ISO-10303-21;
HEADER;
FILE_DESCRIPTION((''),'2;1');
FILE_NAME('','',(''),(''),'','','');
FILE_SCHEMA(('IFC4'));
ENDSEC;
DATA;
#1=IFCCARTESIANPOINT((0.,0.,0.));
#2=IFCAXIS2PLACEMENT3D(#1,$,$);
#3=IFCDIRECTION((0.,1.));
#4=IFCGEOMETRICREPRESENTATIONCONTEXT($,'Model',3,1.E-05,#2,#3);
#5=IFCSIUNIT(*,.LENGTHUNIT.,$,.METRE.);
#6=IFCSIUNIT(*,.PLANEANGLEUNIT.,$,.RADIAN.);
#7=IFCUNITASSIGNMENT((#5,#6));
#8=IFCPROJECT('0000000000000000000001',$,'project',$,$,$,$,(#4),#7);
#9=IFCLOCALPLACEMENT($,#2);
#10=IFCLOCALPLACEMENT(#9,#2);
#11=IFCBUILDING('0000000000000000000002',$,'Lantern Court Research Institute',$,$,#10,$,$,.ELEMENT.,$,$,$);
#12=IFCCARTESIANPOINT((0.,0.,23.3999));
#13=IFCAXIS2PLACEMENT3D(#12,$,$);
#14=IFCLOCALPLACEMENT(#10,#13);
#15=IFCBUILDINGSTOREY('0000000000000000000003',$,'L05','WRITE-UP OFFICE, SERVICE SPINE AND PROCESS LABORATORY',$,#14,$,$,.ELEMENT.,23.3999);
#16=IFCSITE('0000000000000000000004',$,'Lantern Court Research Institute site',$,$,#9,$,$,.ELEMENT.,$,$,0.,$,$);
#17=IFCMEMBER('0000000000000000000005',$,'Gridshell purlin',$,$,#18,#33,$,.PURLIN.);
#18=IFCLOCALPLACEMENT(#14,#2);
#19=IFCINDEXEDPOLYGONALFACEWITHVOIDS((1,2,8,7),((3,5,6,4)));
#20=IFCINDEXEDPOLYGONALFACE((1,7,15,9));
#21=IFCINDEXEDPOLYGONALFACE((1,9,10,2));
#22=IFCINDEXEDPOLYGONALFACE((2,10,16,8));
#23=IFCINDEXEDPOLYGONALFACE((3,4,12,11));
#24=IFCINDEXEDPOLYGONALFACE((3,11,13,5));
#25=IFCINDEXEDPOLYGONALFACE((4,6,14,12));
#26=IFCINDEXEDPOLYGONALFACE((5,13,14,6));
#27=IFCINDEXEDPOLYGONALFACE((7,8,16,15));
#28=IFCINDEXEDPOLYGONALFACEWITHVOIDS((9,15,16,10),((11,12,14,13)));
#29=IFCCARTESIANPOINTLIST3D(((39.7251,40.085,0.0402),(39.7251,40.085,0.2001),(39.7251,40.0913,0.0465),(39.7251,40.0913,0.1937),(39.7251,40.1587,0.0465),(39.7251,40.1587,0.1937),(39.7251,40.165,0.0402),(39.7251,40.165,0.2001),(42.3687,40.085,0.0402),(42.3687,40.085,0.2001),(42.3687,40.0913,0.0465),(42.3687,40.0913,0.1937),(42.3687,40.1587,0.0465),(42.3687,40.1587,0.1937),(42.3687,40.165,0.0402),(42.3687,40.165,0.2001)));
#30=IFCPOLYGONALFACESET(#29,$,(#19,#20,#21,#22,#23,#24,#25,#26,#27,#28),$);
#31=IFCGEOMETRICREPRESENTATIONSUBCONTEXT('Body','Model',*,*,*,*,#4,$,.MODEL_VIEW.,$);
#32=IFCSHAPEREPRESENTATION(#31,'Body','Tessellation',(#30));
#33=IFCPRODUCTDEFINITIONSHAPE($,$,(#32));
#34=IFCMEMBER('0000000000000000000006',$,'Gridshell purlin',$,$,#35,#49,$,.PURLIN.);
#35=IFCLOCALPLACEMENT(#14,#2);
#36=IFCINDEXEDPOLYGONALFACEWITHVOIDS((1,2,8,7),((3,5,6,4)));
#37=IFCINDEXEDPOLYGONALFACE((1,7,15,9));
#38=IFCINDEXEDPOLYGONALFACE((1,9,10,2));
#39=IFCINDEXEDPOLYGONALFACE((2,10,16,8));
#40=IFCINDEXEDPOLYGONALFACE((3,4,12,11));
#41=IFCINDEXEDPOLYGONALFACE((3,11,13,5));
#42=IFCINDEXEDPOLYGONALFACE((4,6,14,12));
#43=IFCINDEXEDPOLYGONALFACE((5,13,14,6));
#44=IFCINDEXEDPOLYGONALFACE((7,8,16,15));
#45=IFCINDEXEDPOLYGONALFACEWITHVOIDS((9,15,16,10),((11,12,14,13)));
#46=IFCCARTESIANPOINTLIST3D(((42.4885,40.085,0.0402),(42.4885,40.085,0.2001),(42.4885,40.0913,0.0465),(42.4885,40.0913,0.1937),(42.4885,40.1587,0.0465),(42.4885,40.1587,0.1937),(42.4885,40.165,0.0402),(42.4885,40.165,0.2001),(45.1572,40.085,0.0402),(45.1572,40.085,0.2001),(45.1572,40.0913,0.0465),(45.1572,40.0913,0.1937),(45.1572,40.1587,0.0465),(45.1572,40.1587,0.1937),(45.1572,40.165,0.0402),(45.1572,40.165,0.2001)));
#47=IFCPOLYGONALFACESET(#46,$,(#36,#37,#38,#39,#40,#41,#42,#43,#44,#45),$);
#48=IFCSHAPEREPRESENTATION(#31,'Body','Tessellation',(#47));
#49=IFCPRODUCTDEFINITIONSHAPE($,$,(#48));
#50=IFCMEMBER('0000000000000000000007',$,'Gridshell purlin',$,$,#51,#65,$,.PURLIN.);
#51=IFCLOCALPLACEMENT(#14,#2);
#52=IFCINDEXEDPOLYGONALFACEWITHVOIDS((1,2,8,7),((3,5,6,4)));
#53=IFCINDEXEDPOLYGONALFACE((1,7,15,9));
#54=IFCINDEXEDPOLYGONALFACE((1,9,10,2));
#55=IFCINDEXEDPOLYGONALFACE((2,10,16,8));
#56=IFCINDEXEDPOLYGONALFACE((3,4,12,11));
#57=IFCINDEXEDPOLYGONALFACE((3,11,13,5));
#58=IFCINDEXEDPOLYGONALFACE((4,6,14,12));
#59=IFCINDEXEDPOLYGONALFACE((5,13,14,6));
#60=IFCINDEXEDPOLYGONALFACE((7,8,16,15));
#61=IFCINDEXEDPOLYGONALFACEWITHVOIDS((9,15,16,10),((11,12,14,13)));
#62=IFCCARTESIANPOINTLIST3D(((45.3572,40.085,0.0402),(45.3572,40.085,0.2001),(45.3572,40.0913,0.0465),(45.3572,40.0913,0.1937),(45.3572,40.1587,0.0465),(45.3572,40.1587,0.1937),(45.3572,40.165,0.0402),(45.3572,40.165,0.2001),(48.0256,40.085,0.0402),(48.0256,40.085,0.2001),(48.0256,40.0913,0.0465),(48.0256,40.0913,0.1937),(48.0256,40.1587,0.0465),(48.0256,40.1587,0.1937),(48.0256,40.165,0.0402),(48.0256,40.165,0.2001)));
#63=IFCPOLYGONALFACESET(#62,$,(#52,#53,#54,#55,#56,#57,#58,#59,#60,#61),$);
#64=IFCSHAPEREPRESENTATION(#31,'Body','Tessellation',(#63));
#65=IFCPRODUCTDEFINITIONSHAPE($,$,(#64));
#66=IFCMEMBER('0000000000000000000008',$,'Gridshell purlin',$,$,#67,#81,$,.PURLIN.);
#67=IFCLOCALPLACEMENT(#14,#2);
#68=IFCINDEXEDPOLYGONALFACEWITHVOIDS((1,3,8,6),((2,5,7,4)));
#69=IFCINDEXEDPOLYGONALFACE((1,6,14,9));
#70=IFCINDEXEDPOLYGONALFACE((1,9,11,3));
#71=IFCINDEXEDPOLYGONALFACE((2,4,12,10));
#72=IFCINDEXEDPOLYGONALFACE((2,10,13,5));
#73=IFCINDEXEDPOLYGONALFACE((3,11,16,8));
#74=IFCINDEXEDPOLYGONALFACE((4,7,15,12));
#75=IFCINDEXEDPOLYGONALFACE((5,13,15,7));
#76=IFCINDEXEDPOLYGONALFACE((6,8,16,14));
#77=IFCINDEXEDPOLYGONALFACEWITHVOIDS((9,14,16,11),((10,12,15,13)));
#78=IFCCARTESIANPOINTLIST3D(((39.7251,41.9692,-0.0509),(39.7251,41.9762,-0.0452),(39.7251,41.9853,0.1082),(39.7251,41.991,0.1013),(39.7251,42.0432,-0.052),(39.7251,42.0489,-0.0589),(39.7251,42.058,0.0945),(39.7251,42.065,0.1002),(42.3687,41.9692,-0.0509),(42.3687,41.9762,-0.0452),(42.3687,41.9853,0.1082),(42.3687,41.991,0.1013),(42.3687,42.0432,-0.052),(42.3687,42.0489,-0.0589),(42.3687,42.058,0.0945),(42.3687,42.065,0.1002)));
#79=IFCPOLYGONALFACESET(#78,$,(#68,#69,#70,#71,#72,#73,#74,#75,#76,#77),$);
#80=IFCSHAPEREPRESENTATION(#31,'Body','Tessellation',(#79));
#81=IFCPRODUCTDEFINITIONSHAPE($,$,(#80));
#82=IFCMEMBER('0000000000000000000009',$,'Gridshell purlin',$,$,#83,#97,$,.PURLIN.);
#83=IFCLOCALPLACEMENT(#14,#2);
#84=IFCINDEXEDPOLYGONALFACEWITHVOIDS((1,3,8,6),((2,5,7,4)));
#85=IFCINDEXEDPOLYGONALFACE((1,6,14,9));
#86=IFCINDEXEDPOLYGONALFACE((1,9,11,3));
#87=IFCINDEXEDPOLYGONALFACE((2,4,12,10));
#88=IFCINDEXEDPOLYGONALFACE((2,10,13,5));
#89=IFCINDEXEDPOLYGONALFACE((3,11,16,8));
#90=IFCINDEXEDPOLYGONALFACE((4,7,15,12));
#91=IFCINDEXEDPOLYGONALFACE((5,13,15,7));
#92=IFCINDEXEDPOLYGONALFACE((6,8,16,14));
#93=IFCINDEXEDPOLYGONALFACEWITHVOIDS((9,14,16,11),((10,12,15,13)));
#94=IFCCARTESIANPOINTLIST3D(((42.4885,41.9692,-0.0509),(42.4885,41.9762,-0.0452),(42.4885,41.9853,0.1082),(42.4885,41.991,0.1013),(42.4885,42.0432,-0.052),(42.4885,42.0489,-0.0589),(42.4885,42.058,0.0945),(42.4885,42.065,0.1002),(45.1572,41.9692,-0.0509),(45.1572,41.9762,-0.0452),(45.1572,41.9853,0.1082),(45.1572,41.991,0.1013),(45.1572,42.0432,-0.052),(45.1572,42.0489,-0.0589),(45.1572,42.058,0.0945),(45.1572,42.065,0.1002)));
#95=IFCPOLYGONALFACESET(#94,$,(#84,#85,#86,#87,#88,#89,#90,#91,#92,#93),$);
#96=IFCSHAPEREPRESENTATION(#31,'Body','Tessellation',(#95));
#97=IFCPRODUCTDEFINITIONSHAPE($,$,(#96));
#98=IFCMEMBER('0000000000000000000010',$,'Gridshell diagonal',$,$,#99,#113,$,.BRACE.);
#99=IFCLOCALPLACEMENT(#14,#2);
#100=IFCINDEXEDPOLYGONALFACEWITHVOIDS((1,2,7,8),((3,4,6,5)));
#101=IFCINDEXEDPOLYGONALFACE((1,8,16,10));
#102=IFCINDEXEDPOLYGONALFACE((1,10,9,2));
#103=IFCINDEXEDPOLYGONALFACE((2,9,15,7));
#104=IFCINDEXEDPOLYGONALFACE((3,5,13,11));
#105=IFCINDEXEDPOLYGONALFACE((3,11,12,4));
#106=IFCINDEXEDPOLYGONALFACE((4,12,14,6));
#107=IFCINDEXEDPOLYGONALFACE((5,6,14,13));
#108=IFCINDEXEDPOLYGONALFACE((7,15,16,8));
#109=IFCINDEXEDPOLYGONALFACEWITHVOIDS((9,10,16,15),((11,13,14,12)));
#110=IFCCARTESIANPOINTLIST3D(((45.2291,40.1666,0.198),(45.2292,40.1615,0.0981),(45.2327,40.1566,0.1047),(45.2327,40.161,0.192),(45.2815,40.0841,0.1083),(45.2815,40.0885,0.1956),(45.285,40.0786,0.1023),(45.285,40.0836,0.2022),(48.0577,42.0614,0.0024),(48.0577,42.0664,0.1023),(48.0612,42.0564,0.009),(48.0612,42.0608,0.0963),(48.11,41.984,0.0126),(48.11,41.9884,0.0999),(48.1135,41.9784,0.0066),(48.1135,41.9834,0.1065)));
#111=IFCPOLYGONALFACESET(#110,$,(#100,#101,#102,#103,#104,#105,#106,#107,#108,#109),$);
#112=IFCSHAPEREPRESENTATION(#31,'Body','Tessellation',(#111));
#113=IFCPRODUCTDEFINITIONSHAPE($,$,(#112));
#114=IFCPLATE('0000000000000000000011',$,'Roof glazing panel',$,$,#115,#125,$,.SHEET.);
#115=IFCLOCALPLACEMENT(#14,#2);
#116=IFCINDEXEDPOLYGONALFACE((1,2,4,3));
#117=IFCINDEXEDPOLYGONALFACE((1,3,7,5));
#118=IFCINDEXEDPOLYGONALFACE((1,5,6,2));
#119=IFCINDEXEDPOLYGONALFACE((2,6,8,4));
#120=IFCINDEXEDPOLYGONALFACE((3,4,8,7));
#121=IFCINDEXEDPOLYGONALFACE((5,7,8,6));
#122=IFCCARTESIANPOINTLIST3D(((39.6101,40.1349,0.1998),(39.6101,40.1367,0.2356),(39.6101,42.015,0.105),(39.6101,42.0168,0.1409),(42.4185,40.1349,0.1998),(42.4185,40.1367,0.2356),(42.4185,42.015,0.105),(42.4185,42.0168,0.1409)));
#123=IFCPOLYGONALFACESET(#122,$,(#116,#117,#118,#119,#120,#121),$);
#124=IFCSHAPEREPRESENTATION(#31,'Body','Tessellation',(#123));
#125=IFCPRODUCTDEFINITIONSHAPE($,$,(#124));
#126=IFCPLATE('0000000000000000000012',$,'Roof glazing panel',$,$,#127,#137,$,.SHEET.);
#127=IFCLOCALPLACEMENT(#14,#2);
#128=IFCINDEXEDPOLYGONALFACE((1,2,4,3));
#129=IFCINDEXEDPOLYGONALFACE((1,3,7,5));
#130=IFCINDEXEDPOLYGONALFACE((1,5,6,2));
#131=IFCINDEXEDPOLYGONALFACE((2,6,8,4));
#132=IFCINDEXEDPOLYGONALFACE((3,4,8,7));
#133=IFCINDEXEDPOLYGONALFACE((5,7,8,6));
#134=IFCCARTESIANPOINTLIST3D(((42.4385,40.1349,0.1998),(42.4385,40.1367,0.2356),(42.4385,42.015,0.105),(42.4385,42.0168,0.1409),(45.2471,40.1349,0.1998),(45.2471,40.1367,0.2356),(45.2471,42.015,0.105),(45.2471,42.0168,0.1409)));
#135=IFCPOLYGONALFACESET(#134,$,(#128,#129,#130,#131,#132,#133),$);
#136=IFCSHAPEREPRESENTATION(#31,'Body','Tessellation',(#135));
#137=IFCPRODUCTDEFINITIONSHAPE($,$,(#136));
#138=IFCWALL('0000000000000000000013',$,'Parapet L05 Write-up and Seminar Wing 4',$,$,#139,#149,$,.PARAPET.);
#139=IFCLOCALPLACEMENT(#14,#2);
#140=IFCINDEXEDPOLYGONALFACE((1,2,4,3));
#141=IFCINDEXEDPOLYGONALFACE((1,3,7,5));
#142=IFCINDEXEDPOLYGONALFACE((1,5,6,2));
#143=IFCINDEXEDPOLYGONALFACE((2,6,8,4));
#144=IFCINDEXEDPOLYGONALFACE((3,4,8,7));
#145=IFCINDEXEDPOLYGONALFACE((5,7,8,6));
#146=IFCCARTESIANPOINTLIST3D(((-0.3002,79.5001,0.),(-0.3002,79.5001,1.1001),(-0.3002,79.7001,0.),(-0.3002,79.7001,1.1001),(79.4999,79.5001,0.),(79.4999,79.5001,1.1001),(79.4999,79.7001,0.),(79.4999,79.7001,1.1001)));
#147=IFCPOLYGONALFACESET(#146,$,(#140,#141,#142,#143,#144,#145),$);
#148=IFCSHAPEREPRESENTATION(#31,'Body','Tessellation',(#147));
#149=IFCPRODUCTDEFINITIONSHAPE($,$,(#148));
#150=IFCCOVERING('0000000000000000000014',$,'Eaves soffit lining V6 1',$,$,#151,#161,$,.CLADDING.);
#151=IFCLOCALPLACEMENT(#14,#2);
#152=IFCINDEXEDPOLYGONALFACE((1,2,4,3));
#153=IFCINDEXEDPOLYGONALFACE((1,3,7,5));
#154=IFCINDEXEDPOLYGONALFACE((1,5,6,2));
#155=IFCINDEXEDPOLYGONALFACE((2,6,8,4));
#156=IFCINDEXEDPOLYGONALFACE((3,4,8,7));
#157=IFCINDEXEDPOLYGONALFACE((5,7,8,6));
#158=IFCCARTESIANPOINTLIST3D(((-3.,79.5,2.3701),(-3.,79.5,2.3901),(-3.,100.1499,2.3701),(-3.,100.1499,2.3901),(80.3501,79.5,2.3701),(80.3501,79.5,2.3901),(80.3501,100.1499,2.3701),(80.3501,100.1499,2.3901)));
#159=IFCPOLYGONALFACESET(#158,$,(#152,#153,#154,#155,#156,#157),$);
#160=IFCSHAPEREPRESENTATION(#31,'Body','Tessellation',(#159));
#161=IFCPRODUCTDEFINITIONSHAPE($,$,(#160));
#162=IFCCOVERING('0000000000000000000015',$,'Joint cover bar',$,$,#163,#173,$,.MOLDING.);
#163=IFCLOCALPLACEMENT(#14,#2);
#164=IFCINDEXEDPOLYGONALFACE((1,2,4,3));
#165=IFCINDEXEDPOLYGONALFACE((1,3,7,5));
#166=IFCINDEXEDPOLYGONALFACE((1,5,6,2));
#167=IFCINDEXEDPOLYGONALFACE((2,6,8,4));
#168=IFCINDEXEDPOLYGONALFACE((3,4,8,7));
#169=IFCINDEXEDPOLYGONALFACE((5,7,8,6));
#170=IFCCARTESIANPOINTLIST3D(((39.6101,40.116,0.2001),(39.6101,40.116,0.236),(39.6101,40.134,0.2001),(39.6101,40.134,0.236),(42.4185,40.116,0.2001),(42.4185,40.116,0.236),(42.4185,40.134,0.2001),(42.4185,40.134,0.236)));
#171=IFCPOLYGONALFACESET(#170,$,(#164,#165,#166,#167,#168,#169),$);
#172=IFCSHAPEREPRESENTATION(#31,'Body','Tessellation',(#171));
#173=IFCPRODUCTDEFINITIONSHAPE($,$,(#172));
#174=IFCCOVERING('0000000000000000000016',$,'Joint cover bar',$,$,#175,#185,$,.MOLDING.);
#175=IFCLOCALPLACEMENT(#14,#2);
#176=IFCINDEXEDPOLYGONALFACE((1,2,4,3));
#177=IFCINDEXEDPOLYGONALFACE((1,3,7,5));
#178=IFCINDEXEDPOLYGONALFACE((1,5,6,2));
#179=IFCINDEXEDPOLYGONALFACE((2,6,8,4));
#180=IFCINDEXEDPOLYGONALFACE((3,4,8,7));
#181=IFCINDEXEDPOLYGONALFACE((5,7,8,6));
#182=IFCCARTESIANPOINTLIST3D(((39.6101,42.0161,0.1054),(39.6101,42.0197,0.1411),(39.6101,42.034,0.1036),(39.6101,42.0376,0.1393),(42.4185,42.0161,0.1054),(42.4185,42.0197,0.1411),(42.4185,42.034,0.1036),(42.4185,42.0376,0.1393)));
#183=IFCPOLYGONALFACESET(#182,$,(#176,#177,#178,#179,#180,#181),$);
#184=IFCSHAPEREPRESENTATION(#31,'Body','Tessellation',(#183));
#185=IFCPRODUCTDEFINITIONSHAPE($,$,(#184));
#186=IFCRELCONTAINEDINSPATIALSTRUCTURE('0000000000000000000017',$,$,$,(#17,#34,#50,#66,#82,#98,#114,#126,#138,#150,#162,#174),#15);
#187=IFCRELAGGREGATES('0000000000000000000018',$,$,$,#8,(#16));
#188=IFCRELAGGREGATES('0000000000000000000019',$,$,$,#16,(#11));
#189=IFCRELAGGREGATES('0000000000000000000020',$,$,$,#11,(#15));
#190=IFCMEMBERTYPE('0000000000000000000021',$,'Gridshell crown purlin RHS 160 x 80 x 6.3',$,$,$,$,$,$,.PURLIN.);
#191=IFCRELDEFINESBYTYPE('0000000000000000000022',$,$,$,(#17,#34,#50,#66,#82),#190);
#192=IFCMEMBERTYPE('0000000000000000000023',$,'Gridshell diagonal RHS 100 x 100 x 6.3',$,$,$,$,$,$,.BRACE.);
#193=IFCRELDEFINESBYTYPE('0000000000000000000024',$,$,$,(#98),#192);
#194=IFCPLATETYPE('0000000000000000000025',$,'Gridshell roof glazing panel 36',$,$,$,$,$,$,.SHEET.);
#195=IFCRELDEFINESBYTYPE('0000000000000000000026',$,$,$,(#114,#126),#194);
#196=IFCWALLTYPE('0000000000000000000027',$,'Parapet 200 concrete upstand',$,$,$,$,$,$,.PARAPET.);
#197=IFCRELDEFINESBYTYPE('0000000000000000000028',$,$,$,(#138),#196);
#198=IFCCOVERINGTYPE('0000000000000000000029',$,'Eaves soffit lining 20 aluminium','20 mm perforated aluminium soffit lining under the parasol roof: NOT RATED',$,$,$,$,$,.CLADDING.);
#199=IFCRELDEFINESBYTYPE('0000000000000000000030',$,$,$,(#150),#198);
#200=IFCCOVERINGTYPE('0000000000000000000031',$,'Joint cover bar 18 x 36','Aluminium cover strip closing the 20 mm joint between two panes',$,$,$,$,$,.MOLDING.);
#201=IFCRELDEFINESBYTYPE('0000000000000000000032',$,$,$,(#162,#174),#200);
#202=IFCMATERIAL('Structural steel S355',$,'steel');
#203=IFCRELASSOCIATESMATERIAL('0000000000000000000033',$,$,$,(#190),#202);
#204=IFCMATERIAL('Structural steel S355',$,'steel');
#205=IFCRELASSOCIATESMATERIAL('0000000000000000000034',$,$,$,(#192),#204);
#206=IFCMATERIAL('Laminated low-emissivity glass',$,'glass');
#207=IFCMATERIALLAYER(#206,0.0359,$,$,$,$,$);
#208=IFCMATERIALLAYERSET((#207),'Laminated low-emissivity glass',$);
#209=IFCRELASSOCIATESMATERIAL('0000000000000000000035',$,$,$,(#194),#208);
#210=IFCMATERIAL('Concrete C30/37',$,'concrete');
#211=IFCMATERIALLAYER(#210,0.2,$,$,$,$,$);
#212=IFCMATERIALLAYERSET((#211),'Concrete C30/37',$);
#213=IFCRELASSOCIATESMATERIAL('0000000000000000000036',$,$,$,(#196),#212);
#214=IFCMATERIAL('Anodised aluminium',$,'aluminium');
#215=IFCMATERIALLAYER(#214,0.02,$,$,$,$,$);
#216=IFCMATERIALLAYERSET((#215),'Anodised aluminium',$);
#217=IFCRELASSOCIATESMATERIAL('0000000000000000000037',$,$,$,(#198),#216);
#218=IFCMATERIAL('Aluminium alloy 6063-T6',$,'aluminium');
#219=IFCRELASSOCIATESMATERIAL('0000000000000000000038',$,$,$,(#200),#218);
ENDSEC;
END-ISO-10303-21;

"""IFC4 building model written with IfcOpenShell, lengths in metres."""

from ifc_helpers import new_model, si_unit, direction, frame, frame_2d, origin, origin_2d, place, context, subcontext, project, spatial, polyline, rectangle, hollow_rectangle, outline, extrude, material, layer, layer_set, material_profile, profile_set, type_object, element, save


model = new_model("IFC4")

# Units and contexts
model_context = context("Model", 3, precision=1e-05, world=origin(), true_north=direction((0.0, 1.0)))
body_context = subcontext(model_context, "Body", "Model", "MODEL_VIEW")
ifc_project = project(units=[si_unit("LENGTHUNIT", "METRE"), si_unit("PLANEANGLEUNIT", "RADIAN")], contexts=[model_context])

# Site, building, storey
site_placement = place(None, origin())
site = spatial("IfcSite", under=ifc_project, at=site_placement, Name="Lantern Court Research Institute site", CompositionType="ELEMENT", RefElevation=0.0)
building_placement = place(site_placement, origin())
building = spatial("IfcBuilding", under=site, at=building_placement, Name="Lantern Court Research Institute", CompositionType="ELEMENT")
storey_placement = place(building_placement, frame((0.0, 0.0, 23.3999)))
storey = spatial("IfcBuildingStorey", under=building, at=storey_placement, Name="L05", Description="WRITE-UP OFFICE, SERVICE SPINE AND PROCESS LABORATORY", CompositionType="ELEMENT", Elevation=23.3999)

# Members
ifc_material_1 = material(Name="Structural steel S355", Category="steel")
ifc_material_profile_1 = material_profile(ifc_material_1, hollow_rectangle(XDim=0.0801, YDim=0.1599, WallThickness=0.0063, at=origin_2d()), Name="Gridshell crown purlin RHS 160 x 80 x 6.3")
ifc_profile_set_1 = profile_set([ifc_material_profile_1], Name="Structural steel S355")
member_type_1 = type_object("IfcMemberType", Name="Gridshell crown purlin RHS 160 x 80 x 6.3", PredefinedType="PURLIN", material=ifc_profile_set_1)
member_1_placement = place(storey_placement, frame((39.7251, 40.125, 0.1201), z_axis=(1.0, 0.0, 0.0), x_axis=(0.0, 1.0, 0.0)))
element("IfcMember", 1, at=member_1_placement, inside=storey, type_object=member_type_1, Name="Gridshell purlin", PredefinedType="PURLIN", context=body_context, shape_type="SweptSolid", body=[
    extrude(hollow_rectangle(XDim=0.0801, YDim=0.1599, WallThickness=0.0063, at=origin_2d()), origin(), (0.0, 0.0, 1.0), 2.6436),
])
member_2_placement = place(storey_placement, frame((42.4885, 40.125, 0.1201), z_axis=(1.0, 0.0, 0.0), x_axis=(0.0, 1.0, 0.0)))
element("IfcMember", 2, at=member_2_placement, inside=storey, type_object=member_type_1, Name="Gridshell purlin", PredefinedType="PURLIN", context=body_context, shape_type="SweptSolid", body=[
    extrude(hollow_rectangle(XDim=0.0801, YDim=0.1599, WallThickness=0.0063, at=origin_2d()), origin(), (0.0, 0.0, 1.0), 2.6687),
])
member_3_placement = place(storey_placement, frame((45.3572, 40.125, 0.1201), z_axis=(1.0, 0.0, 0.0), x_axis=(0.0, 1.0, 0.0)))
element("IfcMember", 3, at=member_3_placement, inside=storey, type_object=member_type_1, Name="Gridshell purlin", PredefinedType="PURLIN", context=body_context, shape_type="SweptSolid", body=[
    extrude(hollow_rectangle(XDim=0.0801, YDim=0.1599, WallThickness=0.0063, at=origin_2d()), origin(), (0.0, 0.0, 1.0), 2.6685),
])
member_4_placement = place(storey_placement, frame((39.7251, 42.0171, 0.0247), z_axis=(1.0, 0.0, 0.0), x_axis=(0.0, 0.994934, -0.100531)))
element("IfcMember", 4, at=member_4_placement, inside=storey, type_object=member_type_1, Name="Gridshell purlin", PredefinedType="PURLIN", context=body_context, shape_type="SweptSolid", body=[
    extrude(hollow_rectangle(XDim=0.0801, YDim=0.1599, WallThickness=0.0063, at=origin_2d()), origin(), (0.0, 0.0, 1.0), 2.6436),
])
member_5_placement = place(storey_placement, frame((42.4885, 42.0171, 0.0247), z_axis=(1.0, 0.0, 0.0), x_axis=(0.0, 0.994934, -0.100531)))
element("IfcMember", 5, at=member_5_placement, inside=storey, type_object=member_type_1, Name="Gridshell purlin", PredefinedType="PURLIN", context=body_context, shape_type="SweptSolid", body=[
    extrude(hollow_rectangle(XDim=0.0801, YDim=0.1599, WallThickness=0.0063, at=origin_2d()), origin(), (0.0, 0.0, 1.0), 2.6687),
])
ifc_material_2 = material(Name="Structural steel S355", Category="steel")
ifc_material_profile_2 = material_profile(ifc_material_2, hollow_rectangle(XDim=0.1001, YDim=0.1001, WallThickness=0.0063, at=origin_2d()), Name="Gridshell diagonal RHS 100 x 100 x 6.3")
ifc_profile_set_2 = profile_set([ifc_material_profile_2], Name="Structural steel S355")
member_type_2 = type_object("IfcMemberType", Name="Gridshell diagonal RHS 100 x 100 x 6.3", PredefinedType="BRACE", material=ifc_profile_set_2)
member_6_placement = place(storey_placement, frame((45.2571, 40.1226, 0.1501), z_axis=(0.8298, 0.557354, -0.028075), x_axis=(-0.558061, 0.828749, -0.041762)))
element("IfcMember", 6, at=member_6_placement, inside=storey, type_object=member_type_2, Name="Gridshell diagonal", PredefinedType="BRACE", context=body_context, shape_type="SweptSolid", body=[
    extrude(hollow_rectangle(XDim=0.1001, YDim=0.1001, WallThickness=0.0063, at=origin_2d()), origin(), (0.0, 0.0, 1.0), 3.4087),
])

# Plates
ifc_material_3 = material(Name="Laminated low-emissivity glass", Category="glass")
ifc_layer_1 = layer(ifc_material_3, 0.0359)
ifc_layer_set_1 = layer_set([ifc_layer_1], Name="Laminated low-emissivity glass")
plate_type = type_object("IfcPlateType", Name="Gridshell roof glazing panel 36", PredefinedType="SHEET", material=ifc_layer_set_1)
plate_1_placement = place(storey_placement, frame((42.4185, 40.1367, 0.2356), z_axis=(0.0, 0.050319, 0.998733), x_axis=(-1.0, 0.0, 0.0)))
element("IfcPlate", 7, at=plate_1_placement, inside=storey, type_object=plate_type, Name="Roof glazing panel", PredefinedType="SHEET", context=body_context, shape_type="SweptSolid", body=[
    extrude(outline(polyline([(0.0, 0.0), (2.8083, 0.0), (2.8083, -1.8825), (0.0, -1.8825), (0.0, 0.0)])), origin(), (0.0, 0.0, -1.0), 0.0359),
])
plate_2_placement = place(storey_placement, frame((45.2471, 40.1367, 0.2356), z_axis=(0.0, 0.050319, 0.998733), x_axis=(-1.0, 0.0, 0.0)))
element("IfcPlate", 8, at=plate_2_placement, inside=storey, type_object=plate_type, Name="Roof glazing panel", PredefinedType="SHEET", context=body_context, shape_type="SweptSolid", body=[
    extrude(outline(polyline([(0.0, 0.0), (2.8086, 0.0), (2.8086, -1.8825), (0.0, -1.8825), (0.0, 0.0)])), origin(), (0.0, 0.0, -1.0), 0.0359),
])

# Wall
ifc_material_4 = material(Name="Concrete C30/37", Category="concrete")
ifc_layer_2 = layer(ifc_material_4, 0.2)
ifc_layer_set_2 = layer_set([ifc_layer_2], Name="Concrete C30/37")
wall_type = type_object("IfcWallType", Name="Parapet 200 concrete upstand", PredefinedType="PARAPET", material=ifc_layer_set_2)
wall_placement = place(storey_placement, frame((-0.3, 79.6001, 0.0), z_axis=(0.0, 0.0, 1.0), x_axis=(1.0, 0.0, 0.0)))
element("IfcWall", 9, at=wall_placement, inside=storey, type_object=wall_type, Name="Parapet L05 Write-up and Seminar Wing 4", PredefinedType="PARAPET", context=body_context, shape_type="SweptSolid", body=[
    extrude(rectangle(XDim=79.8, YDim=0.2, at=frame_2d((39.8999, 0.0))), origin(), (0.0, 0.0, 1.0), 1.1001),
])

# Coverings
ifc_material_5 = material(Name="Anodised aluminium", Category="aluminium")
ifc_layer_3 = layer(ifc_material_5, 0.02)
ifc_layer_set_3 = layer_set([ifc_layer_3], Name="Anodised aluminium")
covering_type_1 = type_object("IfcCoveringType", Name="Eaves soffit lining 20 aluminium", Description="20 mm perforated aluminium soffit lining under the parasol roof: NOT RATED", PredefinedType="CLADDING", material=ifc_layer_set_3)
covering_1_placement = place(storey_placement, frame((-3.0, 79.5, 2.3901), z_axis=(0.0, 0.0, 1.0), x_axis=(1.0, 0.0, 0.0)))
element("IfcCovering", 10, at=covering_1_placement, inside=storey, type_object=covering_type_1, Name="Eaves soffit lining V6 1", PredefinedType="CLADDING", context=body_context, shape_type="SweptSolid", body=[
    extrude(outline(polyline([(0.0, 0.0), (83.3501, 0.0), (83.3501, 20.6499), (0.0, 20.6499), (0.0, 0.0)])), origin(), (0.0, 0.0, -1.0), 0.02),
])
ifc_material_6 = material(Name="Aluminium alloy 6063-T6", Category="aluminium")
ifc_material_profile_3 = material_profile(ifc_material_6, rectangle(XDim=0.0181, YDim=0.0359, at=origin_2d()), Name="Joint cover bar 18 x 36")
ifc_profile_set_3 = profile_set([ifc_material_profile_3], Name="Aluminium alloy 6063-T6")
covering_type_2 = type_object("IfcCoveringType", Name="Joint cover bar 18 x 36", Description="Aluminium cover strip closing the 20 mm joint between two panes", PredefinedType="MOLDING", material=ifc_profile_set_3)
for number, where, z_axis, x_axis, name in (
    (11, (39.6101, 40.125, 0.218), (1.0, 0.0, 0.0), (0.0, 1.0, 0.0), "Joint cover bar"),
    (12, (39.6101, 42.0269, 0.1223), (1.0, 0.0, 0.0), (0.0, 0.994934, -0.100531), "Joint cover bar"),
):
    element("IfcCovering", number, at=place(storey_placement, frame(where, z_axis=z_axis, x_axis=x_axis)), inside=storey, type_object=covering_type_2, Name=name, PredefinedType="MOLDING", context=body_context, shape_type="SweptSolid", body=[
        extrude(rectangle(XDim=0.0181, YDim=0.0359, at=origin_2d()), origin(), (0.0, 0.0, 1.0), 2.8083),
    ])

save(model, "model.ifc")
